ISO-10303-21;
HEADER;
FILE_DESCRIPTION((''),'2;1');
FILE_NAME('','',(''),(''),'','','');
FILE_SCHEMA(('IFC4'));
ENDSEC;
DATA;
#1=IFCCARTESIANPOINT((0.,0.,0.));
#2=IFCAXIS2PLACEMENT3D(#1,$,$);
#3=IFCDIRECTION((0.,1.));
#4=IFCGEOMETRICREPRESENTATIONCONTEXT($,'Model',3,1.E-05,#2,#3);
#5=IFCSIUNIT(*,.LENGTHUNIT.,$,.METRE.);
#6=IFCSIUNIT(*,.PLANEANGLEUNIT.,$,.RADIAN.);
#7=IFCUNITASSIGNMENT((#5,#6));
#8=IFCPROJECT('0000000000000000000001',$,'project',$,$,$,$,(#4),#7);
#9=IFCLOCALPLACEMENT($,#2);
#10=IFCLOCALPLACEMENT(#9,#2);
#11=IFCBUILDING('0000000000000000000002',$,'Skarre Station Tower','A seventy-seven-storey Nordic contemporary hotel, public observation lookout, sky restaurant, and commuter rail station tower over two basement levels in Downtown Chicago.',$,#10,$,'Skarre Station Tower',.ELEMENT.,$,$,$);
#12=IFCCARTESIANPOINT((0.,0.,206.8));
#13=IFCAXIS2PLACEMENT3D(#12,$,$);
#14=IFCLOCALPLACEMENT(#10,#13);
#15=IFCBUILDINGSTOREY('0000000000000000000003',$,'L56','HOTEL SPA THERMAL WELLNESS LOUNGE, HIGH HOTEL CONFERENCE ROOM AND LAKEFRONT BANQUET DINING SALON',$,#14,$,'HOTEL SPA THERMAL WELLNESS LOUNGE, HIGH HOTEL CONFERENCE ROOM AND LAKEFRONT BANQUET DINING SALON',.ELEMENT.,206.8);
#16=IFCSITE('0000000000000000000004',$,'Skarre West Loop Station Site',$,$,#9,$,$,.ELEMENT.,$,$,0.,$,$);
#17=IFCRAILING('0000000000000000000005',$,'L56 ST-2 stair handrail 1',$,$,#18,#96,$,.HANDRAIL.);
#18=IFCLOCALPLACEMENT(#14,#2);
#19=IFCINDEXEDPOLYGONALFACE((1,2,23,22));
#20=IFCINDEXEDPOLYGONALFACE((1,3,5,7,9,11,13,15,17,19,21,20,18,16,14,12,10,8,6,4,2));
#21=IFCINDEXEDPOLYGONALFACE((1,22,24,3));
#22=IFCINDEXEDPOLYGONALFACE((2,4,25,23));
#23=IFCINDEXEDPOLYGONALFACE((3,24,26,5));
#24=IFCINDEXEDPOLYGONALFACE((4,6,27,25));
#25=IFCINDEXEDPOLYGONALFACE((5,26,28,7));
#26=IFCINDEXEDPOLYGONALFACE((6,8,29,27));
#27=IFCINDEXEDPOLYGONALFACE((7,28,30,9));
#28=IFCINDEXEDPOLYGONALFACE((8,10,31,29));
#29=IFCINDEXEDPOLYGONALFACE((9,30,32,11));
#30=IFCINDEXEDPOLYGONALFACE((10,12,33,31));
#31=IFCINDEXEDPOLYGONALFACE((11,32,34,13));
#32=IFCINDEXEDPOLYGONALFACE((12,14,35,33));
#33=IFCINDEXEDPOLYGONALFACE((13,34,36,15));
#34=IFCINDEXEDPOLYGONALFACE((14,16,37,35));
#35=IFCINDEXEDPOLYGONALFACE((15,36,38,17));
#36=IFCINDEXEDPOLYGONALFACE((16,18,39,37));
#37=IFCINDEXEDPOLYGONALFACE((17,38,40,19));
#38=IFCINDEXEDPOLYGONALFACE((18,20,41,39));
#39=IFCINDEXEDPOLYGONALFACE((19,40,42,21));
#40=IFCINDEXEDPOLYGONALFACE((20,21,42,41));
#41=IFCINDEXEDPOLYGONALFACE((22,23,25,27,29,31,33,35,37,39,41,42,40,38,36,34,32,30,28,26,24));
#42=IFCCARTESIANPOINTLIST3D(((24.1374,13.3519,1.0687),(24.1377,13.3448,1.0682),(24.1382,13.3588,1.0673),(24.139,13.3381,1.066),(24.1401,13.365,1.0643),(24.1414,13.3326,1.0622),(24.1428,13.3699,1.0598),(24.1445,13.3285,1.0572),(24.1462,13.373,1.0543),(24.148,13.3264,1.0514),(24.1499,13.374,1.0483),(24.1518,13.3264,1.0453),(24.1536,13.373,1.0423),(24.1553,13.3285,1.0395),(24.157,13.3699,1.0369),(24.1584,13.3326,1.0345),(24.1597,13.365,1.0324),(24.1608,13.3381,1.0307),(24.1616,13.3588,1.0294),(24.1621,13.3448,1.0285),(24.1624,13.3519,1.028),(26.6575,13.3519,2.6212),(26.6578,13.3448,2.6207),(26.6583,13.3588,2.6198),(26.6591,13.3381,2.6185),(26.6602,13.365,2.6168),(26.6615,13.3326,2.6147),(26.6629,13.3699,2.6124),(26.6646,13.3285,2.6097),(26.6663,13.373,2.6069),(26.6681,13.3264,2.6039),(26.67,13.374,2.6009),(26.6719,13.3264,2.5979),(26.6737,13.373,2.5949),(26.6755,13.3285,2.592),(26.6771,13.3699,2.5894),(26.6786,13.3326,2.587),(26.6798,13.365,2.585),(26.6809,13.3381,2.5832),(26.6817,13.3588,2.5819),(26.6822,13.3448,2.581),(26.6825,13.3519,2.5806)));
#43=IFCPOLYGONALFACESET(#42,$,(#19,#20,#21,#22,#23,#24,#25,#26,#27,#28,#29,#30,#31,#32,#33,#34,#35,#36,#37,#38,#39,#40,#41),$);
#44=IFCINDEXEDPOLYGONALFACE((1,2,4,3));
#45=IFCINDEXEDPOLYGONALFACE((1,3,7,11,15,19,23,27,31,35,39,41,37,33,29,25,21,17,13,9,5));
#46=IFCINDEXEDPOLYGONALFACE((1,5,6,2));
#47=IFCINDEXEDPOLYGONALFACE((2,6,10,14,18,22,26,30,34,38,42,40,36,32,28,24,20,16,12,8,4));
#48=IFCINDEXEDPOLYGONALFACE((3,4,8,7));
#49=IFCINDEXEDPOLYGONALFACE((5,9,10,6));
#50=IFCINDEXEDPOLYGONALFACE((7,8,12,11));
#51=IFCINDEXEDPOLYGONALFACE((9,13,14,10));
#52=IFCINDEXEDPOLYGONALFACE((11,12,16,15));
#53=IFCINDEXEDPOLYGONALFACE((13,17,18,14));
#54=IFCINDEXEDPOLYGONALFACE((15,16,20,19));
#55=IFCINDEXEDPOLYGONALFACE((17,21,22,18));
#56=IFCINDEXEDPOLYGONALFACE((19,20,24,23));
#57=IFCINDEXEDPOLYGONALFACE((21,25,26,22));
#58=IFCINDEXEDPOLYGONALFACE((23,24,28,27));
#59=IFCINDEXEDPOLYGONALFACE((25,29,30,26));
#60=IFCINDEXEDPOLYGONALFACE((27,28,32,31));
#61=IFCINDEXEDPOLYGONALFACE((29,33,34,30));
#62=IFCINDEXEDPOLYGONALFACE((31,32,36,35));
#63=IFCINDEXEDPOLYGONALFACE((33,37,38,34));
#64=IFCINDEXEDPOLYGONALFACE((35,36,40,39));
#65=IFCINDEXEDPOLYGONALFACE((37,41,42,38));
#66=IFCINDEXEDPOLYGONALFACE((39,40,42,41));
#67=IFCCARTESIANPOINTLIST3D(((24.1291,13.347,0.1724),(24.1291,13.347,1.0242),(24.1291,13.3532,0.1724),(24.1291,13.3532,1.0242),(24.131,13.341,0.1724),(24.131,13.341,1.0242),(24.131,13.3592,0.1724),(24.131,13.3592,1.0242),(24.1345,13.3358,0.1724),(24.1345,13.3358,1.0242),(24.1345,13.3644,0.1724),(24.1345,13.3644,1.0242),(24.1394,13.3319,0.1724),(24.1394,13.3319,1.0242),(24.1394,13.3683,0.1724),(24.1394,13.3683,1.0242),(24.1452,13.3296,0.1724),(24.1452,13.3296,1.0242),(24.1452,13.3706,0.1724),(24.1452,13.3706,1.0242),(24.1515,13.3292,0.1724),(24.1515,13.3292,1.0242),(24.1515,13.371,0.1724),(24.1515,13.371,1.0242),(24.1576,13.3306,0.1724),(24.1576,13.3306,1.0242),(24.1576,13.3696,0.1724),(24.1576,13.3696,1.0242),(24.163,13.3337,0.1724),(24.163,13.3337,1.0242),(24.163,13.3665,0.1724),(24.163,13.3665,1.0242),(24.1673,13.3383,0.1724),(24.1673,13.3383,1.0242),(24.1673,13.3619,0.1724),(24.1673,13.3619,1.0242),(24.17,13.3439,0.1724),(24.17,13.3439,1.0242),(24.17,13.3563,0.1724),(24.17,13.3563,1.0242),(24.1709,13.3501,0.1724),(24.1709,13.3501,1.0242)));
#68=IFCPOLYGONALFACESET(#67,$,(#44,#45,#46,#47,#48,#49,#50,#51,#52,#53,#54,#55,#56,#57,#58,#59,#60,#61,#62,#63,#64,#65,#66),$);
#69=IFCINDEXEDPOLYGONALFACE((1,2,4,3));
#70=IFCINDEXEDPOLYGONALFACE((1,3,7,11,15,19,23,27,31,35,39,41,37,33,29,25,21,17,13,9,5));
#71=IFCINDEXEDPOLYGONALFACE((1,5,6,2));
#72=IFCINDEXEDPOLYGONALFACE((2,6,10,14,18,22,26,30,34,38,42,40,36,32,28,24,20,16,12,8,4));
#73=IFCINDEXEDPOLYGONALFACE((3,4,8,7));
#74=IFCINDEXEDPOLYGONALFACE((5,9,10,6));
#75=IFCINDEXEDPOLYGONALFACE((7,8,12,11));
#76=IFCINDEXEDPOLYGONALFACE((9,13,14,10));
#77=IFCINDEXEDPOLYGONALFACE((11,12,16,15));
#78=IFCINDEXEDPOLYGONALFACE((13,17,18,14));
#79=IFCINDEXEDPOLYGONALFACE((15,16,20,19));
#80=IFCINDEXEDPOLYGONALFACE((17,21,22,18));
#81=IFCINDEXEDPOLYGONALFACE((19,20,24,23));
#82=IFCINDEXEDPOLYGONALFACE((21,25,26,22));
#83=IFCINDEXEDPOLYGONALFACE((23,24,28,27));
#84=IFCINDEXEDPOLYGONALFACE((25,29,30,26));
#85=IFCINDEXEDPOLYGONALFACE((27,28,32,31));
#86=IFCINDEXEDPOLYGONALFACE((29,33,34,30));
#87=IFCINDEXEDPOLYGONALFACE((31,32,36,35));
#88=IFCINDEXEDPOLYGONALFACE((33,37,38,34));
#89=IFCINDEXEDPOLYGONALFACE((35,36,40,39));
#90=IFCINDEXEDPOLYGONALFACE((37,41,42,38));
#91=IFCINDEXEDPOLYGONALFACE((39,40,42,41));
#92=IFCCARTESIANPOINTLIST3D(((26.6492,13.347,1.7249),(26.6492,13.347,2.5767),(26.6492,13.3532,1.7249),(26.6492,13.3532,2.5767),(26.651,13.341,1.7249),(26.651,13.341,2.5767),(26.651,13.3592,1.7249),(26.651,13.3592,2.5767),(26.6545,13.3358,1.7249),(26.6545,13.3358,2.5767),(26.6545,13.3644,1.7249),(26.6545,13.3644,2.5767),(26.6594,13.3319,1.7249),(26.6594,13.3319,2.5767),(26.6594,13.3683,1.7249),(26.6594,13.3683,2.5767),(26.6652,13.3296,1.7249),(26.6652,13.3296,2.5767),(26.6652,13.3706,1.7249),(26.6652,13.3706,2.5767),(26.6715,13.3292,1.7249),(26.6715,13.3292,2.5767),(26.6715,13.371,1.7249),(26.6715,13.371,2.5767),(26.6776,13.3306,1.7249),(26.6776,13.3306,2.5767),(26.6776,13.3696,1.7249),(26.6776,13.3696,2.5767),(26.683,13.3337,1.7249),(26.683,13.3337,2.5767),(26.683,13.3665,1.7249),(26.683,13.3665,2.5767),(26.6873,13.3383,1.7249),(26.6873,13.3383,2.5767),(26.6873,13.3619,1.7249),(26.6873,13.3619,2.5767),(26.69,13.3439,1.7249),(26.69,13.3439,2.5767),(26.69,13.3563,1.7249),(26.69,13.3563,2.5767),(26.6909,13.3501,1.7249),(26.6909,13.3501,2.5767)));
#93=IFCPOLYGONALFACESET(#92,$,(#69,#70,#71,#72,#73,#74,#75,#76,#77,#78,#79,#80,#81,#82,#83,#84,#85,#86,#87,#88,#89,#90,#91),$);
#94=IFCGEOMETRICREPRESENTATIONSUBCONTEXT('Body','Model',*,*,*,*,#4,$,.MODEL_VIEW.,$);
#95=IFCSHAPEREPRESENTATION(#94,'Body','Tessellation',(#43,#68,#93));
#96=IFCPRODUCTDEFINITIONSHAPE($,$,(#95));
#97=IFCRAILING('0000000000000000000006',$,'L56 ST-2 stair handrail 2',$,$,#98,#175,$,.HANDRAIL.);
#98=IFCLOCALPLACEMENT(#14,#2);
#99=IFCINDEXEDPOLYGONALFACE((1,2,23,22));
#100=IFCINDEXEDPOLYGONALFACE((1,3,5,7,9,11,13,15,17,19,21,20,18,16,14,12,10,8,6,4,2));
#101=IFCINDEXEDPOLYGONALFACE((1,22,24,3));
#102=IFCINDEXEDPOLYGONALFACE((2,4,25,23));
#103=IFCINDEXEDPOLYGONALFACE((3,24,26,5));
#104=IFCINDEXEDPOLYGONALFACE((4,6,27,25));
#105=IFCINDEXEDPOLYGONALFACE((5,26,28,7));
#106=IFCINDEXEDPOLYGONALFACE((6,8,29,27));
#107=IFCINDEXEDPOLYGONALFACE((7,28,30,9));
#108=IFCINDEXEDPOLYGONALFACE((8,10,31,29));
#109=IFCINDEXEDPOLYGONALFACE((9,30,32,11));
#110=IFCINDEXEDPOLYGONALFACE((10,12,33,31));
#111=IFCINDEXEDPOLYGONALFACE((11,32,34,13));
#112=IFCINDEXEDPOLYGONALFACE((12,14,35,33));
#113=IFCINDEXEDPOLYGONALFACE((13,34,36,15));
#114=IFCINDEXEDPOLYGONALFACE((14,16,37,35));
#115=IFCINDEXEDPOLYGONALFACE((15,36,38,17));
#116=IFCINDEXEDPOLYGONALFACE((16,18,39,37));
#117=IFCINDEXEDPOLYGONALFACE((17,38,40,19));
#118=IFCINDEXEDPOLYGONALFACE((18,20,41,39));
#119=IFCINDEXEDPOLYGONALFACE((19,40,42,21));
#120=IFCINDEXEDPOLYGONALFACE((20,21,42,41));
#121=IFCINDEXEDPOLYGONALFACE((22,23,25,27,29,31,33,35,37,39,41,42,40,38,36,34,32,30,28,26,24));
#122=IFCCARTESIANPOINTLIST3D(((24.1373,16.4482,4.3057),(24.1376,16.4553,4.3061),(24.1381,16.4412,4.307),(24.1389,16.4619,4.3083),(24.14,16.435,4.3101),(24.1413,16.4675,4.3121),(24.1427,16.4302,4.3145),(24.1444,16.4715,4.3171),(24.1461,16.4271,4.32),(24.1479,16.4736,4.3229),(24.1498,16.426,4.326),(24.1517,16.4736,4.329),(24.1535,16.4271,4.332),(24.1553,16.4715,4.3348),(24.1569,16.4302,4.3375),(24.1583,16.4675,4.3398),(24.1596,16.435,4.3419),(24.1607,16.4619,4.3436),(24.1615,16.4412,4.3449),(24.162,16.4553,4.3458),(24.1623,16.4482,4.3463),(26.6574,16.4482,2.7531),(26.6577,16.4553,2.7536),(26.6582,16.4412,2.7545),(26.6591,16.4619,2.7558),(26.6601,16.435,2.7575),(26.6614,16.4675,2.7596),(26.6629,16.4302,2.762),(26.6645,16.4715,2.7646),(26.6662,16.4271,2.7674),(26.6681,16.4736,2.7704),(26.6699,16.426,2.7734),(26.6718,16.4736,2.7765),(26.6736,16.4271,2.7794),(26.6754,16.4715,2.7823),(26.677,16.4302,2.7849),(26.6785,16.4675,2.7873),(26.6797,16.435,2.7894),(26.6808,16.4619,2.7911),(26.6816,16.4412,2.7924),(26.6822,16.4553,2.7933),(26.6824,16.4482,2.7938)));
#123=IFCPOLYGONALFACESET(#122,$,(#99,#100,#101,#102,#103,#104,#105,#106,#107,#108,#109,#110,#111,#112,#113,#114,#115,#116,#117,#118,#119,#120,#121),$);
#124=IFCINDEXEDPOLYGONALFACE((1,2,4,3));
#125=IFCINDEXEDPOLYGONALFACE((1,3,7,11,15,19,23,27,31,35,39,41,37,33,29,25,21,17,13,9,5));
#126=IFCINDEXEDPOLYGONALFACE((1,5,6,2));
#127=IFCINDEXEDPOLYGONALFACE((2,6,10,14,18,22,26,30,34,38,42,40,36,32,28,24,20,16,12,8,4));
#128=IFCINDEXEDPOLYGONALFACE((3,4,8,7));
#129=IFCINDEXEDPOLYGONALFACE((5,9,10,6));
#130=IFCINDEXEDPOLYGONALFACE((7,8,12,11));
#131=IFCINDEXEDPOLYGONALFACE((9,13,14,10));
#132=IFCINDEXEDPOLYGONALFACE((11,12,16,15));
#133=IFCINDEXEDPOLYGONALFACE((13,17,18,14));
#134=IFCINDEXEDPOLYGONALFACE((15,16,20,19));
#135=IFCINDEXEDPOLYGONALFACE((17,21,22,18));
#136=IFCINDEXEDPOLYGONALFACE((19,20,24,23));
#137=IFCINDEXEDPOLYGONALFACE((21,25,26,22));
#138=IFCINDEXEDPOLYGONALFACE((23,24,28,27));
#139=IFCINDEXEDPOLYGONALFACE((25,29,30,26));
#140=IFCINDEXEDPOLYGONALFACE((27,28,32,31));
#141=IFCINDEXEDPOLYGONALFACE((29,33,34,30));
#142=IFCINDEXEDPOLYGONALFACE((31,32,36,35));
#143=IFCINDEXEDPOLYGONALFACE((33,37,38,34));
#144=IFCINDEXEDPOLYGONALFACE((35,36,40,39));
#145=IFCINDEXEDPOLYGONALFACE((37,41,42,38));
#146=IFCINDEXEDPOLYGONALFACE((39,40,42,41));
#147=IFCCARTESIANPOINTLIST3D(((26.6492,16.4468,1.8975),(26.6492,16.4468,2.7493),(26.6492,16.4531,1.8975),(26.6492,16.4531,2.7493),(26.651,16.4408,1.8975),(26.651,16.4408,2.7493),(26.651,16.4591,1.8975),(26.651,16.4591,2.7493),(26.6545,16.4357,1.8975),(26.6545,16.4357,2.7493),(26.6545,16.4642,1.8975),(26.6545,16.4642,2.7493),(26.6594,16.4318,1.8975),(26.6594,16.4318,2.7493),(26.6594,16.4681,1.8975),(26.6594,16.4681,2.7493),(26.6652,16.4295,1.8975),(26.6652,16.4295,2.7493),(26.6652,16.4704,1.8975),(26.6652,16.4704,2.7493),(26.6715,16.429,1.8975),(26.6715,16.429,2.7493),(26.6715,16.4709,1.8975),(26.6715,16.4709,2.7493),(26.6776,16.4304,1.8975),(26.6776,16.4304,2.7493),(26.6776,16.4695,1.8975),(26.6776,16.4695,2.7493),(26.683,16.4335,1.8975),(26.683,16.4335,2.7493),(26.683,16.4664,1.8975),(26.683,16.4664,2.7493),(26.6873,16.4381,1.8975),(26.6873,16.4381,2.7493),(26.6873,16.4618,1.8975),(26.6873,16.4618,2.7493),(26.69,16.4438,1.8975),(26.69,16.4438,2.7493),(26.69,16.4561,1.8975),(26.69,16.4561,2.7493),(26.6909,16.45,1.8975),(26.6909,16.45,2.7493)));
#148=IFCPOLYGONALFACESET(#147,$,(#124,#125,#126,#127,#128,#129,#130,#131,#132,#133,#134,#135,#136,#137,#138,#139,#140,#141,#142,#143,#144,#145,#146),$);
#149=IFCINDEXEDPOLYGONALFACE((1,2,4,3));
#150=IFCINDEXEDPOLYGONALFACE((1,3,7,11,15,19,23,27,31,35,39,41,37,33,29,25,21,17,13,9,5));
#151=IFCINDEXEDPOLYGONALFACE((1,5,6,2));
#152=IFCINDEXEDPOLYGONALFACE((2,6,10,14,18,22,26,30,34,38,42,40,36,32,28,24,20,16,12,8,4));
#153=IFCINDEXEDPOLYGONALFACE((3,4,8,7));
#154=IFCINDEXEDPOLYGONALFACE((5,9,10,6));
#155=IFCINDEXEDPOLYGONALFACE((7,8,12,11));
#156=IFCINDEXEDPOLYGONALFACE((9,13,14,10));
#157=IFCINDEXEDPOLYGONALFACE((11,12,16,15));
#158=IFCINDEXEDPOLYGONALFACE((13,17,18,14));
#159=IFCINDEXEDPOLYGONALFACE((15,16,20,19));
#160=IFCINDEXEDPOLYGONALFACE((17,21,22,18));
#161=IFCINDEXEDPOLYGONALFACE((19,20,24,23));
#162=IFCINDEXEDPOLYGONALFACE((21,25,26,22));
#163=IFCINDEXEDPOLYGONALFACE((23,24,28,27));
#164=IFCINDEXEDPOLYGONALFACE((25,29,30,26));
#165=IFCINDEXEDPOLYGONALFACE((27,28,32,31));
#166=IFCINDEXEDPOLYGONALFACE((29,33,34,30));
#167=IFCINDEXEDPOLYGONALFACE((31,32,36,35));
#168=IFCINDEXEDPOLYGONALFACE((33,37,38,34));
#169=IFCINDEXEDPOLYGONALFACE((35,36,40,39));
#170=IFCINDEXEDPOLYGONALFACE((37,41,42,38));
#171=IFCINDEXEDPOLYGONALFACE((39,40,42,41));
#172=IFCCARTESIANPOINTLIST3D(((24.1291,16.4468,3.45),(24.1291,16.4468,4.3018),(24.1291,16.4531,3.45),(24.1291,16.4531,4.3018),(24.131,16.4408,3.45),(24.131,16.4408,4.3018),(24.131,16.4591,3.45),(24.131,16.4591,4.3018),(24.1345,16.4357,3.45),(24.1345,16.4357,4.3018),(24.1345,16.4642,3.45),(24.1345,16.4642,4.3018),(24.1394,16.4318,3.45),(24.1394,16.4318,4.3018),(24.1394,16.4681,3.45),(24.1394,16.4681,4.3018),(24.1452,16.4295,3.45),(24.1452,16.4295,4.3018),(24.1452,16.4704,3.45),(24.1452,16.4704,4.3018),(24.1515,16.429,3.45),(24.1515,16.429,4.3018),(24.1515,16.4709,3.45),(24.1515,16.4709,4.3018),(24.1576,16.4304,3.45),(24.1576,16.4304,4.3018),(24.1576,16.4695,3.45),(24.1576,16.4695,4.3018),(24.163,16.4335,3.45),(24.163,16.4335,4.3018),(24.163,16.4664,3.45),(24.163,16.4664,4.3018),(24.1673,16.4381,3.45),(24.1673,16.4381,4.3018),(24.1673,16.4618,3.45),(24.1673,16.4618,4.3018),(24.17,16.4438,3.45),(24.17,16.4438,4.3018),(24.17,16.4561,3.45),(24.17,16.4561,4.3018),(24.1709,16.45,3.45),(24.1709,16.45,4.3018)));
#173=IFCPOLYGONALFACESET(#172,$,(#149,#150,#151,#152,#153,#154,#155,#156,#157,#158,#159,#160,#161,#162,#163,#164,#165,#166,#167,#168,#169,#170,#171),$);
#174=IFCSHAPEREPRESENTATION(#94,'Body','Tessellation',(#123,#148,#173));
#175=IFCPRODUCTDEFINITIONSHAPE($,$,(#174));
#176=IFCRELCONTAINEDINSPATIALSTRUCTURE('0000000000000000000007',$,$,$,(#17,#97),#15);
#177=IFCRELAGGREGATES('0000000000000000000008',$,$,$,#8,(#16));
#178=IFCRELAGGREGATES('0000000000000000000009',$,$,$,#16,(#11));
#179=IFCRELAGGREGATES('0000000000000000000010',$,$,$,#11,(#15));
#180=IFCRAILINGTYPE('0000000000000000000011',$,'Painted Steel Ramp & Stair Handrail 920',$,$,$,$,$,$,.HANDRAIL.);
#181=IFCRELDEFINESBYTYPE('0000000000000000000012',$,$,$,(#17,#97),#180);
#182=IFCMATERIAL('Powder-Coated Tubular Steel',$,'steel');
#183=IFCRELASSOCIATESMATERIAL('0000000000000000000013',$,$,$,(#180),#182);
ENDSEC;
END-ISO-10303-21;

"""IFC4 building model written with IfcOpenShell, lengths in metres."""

from ifc_helpers import new_model, si_unit, direction, frame, origin, origin_2d, place, context, subcontext, project, spatial, circle, extrude, material, type_object, element, save


model = new_model("IFC4")

# Units and contexts
model_context = context("Model", 3, precision=1e-05, world=origin(), true_north=direction((0.0, 1.0)))
body_context = subcontext(model_context, "Body", "Model", "MODEL_VIEW")
ifc_project = project(units=[si_unit("LENGTHUNIT", "METRE"), si_unit("PLANEANGLEUNIT", "RADIAN")], contexts=[model_context])

# Site, building, storey
site_placement = place(None, origin())
site = spatial("IfcSite", under=ifc_project, at=site_placement, Name="Skarre West Loop Station Site", CompositionType="ELEMENT", RefElevation=0.0)
building_placement = place(site_placement, origin())
building = spatial("IfcBuilding", under=site, at=building_placement, Name="Skarre Station Tower", Description="A seventy-seven-storey Nordic contemporary hotel, public observation lookout, sky restaurant, and commuter rail station tower over two basement levels in Downtown Chicago.", LongName="Skarre Station Tower", CompositionType="ELEMENT")
storey_placement = place(building_placement, frame((0.0, 0.0, 206.8)))
storey = spatial("IfcBuildingStorey", under=building, at=storey_placement, Name="L56", Description="HOTEL SPA THERMAL WELLNESS LOUNGE, HIGH HOTEL CONFERENCE ROOM AND LAKEFRONT BANQUET DINING SALON", LongName="HOTEL SPA THERMAL WELLNESS LOUNGE, HIGH HOTEL CONFERENCE ROOM AND LAKEFRONT BANQUET DINING SALON", CompositionType="ELEMENT", Elevation=206.8)

# Railings
ifc_material_1 = material(Name="Powder-Coated Tubular Steel", Category="steel")
railing_type_1 = type_object("IfcRailingType", Name="Painted Steel Ramp & Stair Handrail 920", PredefinedType="HANDRAIL", material=ifc_material_1)
railing_1_placement = place(storey_placement, frame((24.1499, 13.3501, 0.1724)))
element("IfcRailing", 1, at=railing_1_placement, inside=storey, type_object=railing_type_1, Name="L56 ST-2 stair handrail 1", PredefinedType="HANDRAIL", context=body_context, shape_type="SweptSolid", body=[
    extrude(circle(Radius=0.0239, at=origin_2d()), frame((0.0, 0.0, 0.876), z_axis=(0.8514, 0.0, 0.524516), x_axis=(0.0, 1.0, 0.0)), (0.0, 0.0, 1.0), 2.96),
    extrude(circle(Radius=0.021, at=origin_2d()), origin(), (0.0, 0.0, 1.0), 0.8518),
    extrude(circle(Radius=0.021, at=origin_2d()), frame((2.52, 0.0, 1.5525)), (0.0, 0.0, 1.0), 0.8518),
])
railing_2_placement = place(storey_placement, frame((26.6699, 16.45, 1.8975)))
element("IfcRailing", 2, at=railing_2_placement, inside=storey, type_object=railing_type_1, Name="L56 ST-2 stair handrail 2", PredefinedType="HANDRAIL", context=body_context, shape_type="SweptSolid", body=[
    extrude(circle(Radius=0.0239, at=origin_2d()), frame((0.0, 0.0, 0.876), z_axis=(-0.8514, 0.0, 0.524516), x_axis=(0.0, -1.0, 0.0)), (0.0, 0.0, 1.0), 2.96),
    extrude(circle(Radius=0.021, at=origin_2d()), origin(), (0.0, 0.0, 1.0), 0.8518),
    extrude(circle(Radius=0.021, at=origin_2d()), frame((-2.52, 0.0, 1.5525)), (0.0, 0.0, 1.0), 0.8518),
])

save(model, "model.ifc")
